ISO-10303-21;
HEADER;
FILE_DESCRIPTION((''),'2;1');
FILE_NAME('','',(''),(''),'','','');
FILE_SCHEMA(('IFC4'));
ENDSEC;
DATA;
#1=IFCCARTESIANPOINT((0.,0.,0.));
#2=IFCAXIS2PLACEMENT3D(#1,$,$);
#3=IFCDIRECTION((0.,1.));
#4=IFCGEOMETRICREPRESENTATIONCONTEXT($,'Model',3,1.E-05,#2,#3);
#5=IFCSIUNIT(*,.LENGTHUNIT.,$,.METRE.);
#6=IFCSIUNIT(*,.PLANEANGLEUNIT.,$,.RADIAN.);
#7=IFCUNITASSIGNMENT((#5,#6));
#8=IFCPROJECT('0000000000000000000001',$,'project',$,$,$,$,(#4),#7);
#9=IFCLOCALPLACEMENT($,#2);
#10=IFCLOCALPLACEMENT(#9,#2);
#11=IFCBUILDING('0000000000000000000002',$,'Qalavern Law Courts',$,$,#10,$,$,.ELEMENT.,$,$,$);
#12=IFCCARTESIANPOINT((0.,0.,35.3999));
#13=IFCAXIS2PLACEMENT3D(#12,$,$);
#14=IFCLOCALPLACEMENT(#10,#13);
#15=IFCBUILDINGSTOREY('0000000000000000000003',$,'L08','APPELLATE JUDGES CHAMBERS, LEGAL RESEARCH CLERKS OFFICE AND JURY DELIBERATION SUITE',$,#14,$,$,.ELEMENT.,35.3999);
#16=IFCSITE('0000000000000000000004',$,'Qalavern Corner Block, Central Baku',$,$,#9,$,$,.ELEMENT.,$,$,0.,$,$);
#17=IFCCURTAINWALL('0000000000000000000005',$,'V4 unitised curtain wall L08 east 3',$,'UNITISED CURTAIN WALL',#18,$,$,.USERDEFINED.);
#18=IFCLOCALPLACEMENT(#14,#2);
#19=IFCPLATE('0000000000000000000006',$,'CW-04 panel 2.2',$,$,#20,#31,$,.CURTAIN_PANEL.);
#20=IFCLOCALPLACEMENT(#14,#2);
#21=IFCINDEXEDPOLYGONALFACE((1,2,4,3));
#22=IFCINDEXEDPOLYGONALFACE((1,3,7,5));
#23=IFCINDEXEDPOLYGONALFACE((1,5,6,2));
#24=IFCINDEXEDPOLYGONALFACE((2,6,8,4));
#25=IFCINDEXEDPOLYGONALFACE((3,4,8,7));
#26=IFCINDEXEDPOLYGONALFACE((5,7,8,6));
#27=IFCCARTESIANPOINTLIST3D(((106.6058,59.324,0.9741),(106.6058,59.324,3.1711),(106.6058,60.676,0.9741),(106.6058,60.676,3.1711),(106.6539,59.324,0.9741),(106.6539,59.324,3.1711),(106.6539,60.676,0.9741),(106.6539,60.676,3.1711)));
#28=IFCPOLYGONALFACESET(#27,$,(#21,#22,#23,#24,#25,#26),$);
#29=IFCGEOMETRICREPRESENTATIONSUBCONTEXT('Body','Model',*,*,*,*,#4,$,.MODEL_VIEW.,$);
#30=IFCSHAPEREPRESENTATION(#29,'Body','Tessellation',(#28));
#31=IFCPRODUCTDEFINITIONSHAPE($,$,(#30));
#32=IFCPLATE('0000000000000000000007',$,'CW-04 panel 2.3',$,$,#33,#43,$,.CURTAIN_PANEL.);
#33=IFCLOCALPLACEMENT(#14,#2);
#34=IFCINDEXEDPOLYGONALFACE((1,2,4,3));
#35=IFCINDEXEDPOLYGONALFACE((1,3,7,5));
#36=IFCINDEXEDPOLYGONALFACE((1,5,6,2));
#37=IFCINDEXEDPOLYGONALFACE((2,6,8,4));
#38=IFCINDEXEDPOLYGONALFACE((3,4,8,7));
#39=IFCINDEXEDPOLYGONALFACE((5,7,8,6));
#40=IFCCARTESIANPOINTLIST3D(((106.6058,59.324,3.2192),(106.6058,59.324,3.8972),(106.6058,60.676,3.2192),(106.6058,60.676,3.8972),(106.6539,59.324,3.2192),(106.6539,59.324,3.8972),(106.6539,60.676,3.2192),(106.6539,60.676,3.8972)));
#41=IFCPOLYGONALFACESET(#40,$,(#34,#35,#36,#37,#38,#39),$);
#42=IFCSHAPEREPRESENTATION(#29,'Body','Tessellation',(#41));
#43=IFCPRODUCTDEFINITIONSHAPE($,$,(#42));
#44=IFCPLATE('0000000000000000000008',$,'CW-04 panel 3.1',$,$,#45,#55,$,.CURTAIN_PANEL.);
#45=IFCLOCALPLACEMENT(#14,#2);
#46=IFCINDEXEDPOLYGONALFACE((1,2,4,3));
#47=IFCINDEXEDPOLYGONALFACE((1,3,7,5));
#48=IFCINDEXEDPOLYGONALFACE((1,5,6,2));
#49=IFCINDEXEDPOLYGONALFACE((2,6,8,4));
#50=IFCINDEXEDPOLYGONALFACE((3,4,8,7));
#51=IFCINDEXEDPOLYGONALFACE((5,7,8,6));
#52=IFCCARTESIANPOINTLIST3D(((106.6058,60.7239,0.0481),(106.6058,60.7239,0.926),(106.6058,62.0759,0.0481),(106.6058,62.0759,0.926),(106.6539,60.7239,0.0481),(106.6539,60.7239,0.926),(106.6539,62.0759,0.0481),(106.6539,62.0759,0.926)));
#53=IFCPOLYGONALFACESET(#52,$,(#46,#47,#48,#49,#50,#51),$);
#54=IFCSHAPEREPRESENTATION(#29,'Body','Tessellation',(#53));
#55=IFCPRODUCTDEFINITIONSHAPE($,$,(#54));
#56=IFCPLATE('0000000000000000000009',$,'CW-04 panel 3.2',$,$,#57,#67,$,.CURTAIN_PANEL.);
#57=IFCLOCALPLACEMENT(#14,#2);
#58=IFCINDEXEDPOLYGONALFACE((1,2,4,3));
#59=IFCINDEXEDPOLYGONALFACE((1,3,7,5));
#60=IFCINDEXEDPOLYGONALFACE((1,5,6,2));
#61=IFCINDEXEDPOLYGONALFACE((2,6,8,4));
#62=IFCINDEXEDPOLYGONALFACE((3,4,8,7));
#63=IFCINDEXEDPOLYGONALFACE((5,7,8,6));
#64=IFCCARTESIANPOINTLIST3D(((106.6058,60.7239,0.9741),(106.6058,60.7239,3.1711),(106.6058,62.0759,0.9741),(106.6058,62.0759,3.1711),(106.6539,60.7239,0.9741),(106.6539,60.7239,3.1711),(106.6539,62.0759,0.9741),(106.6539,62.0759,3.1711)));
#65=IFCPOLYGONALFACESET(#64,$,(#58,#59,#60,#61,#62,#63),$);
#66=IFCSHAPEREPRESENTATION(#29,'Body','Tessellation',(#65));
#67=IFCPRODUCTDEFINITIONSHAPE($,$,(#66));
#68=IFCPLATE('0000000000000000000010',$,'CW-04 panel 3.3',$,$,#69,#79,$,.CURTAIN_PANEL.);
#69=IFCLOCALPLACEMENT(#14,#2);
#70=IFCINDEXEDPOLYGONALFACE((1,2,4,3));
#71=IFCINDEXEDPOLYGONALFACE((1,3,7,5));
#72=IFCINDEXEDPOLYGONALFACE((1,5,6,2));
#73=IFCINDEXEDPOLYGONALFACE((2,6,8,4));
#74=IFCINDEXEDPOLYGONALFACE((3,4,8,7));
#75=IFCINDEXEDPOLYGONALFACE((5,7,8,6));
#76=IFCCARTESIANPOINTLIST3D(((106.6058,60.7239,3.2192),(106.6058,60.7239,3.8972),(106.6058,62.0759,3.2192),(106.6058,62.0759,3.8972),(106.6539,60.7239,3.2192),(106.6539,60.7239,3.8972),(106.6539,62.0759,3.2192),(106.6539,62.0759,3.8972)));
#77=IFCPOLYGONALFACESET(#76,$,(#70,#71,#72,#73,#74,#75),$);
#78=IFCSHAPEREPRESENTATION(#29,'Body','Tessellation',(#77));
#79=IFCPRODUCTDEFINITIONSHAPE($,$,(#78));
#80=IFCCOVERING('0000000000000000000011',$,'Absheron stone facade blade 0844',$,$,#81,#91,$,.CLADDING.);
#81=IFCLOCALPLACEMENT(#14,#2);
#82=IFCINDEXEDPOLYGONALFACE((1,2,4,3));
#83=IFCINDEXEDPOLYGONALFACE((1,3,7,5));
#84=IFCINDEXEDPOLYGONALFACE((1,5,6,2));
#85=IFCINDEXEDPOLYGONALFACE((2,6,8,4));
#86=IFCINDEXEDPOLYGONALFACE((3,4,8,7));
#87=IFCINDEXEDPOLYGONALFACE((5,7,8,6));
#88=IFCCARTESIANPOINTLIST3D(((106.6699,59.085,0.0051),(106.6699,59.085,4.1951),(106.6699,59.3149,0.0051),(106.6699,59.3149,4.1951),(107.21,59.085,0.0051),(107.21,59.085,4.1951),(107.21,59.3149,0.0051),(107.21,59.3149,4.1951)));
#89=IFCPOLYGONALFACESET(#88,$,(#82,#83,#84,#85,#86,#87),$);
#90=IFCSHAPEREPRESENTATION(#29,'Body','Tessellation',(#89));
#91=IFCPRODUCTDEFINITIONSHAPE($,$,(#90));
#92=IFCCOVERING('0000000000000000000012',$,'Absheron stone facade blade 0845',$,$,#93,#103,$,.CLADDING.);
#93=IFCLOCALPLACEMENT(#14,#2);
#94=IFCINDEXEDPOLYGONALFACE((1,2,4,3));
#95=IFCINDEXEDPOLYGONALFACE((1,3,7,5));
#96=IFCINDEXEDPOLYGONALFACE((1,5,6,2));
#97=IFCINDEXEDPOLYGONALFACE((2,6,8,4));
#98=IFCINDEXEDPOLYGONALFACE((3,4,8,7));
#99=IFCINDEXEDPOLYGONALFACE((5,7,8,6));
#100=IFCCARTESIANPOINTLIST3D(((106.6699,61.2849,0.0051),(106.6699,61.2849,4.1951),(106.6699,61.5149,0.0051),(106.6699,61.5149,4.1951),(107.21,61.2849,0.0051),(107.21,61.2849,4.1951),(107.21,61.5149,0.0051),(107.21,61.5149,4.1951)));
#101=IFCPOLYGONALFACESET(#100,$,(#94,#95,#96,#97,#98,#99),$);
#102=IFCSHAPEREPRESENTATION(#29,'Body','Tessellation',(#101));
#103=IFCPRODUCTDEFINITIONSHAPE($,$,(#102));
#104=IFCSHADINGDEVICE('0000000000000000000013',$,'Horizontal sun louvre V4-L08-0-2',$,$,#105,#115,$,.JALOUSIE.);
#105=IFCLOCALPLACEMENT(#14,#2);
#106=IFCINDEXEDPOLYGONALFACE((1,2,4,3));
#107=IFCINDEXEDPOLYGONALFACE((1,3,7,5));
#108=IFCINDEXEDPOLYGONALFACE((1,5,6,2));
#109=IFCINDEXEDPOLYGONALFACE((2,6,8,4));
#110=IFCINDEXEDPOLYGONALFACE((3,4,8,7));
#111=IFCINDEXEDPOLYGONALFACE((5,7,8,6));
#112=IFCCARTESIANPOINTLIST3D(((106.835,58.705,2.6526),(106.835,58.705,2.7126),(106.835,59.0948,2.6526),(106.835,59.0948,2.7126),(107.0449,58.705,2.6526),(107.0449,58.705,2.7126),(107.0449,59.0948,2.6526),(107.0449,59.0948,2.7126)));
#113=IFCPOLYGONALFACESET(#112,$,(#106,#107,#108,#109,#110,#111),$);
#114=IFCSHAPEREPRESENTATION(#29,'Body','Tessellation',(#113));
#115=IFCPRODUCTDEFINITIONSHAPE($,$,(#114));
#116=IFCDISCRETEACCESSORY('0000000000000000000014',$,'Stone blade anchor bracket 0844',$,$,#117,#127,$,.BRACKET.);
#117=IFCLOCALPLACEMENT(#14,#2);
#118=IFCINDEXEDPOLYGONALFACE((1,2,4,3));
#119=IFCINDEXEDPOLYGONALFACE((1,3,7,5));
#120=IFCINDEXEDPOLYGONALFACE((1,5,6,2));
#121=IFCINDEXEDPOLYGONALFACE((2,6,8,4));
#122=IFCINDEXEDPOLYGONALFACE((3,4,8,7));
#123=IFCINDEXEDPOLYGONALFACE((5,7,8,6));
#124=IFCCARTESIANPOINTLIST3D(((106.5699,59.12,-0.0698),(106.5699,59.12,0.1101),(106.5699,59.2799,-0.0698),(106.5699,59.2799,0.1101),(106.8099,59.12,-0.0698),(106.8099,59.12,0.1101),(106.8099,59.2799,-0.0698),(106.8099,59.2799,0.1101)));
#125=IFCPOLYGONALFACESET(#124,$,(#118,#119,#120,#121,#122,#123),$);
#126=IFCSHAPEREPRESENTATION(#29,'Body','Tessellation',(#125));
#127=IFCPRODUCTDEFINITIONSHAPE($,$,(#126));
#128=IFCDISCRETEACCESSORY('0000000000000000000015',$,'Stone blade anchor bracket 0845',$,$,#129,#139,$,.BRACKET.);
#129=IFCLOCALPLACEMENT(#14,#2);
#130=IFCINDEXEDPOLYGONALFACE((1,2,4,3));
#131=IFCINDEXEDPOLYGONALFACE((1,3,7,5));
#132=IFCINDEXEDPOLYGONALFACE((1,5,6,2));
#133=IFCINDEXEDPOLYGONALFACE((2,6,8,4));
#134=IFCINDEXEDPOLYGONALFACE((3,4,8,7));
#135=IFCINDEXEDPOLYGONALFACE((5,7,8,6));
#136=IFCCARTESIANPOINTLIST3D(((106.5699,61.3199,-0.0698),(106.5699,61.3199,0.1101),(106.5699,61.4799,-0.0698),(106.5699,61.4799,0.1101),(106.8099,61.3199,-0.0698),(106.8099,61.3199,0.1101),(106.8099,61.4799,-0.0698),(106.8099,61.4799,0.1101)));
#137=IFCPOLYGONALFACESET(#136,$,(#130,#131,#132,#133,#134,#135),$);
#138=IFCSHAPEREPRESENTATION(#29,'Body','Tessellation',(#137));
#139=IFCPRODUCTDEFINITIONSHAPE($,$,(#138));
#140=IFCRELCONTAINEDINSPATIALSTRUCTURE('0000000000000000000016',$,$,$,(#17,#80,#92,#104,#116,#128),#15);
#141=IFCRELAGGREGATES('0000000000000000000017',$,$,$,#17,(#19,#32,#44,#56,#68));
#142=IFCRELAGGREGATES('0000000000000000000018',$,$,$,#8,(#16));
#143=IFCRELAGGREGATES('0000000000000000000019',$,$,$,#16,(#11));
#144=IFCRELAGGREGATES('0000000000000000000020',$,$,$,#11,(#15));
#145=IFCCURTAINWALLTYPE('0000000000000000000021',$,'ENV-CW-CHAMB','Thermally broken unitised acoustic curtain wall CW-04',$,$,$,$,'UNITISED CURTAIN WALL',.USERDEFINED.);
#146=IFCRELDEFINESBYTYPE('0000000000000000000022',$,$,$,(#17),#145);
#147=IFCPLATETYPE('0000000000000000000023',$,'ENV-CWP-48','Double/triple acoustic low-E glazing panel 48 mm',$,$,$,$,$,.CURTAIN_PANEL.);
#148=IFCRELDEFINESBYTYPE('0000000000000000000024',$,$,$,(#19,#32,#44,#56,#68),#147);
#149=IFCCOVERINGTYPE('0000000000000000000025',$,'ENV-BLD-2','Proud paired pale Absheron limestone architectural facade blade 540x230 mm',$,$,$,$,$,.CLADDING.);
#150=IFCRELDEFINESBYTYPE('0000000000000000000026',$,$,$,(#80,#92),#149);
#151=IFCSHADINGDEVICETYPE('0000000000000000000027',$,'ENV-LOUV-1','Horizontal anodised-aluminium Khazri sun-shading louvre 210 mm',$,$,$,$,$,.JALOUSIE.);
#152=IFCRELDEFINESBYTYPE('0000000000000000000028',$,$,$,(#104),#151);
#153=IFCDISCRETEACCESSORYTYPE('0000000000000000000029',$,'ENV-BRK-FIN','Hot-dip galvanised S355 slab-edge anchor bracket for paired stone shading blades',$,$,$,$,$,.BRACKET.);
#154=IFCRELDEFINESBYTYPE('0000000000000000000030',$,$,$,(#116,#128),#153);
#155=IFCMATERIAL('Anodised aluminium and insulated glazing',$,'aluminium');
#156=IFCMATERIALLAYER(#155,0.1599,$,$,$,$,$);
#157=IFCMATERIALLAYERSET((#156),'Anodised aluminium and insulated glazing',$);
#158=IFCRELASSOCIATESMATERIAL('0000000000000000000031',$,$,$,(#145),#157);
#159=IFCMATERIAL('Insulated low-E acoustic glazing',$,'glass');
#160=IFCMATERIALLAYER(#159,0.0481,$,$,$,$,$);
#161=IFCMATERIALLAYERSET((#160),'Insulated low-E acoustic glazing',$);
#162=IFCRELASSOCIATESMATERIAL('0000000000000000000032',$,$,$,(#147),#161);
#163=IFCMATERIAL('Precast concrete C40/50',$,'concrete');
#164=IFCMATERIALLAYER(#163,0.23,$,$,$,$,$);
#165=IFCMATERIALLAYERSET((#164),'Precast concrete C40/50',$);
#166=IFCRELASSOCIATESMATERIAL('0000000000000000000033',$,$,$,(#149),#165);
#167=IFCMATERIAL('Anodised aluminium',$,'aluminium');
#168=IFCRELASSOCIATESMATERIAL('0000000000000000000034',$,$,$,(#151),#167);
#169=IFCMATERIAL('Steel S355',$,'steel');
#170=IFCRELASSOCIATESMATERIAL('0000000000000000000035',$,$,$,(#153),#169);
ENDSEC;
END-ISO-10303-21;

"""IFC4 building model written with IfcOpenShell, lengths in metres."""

from ifc_helpers import new_model, si_unit, direction, frame, origin, origin_2d, place, context, subcontext, project, spatial, rectangle, extrude, material, layer, layer_set, type_object, element, aggregate, save


model = new_model("IFC4")

# Units and contexts
model_context = context("Model", 3, precision=1e-05, world=origin(), true_north=direction((0.0, 1.0)))
body_context = subcontext(model_context, "Body", "Model", "MODEL_VIEW")
ifc_project = project(units=[si_unit("LENGTHUNIT", "METRE"), si_unit("PLANEANGLEUNIT", "RADIAN")], contexts=[model_context])

# Site, building, storey
site_placement = place(None, origin())
site = spatial("IfcSite", under=ifc_project, at=site_placement, Name="Qalavern Corner Block, Central Baku", CompositionType="ELEMENT", RefElevation=0.0)
building_placement = place(site_placement, origin())
building = spatial("IfcBuilding", under=site, at=building_placement, Name="Qalavern Law Courts", CompositionType="ELEMENT")
storey_placement = place(building_placement, frame((0.0, 0.0, 35.3999)))
storey = spatial("IfcBuildingStorey", under=building, at=storey_placement, Name="L08", Description="APPELLATE JUDGES CHAMBERS, LEGAL RESEARCH CLERKS OFFICE AND JURY DELIBERATION SUITE", CompositionType="ELEMENT", Elevation=35.3999)

# Curtain wall, plates
ifc_material_1 = material(Name="Anodised aluminium and insulated glazing", Category="aluminium")
ifc_layer_1 = layer(ifc_material_1, 0.1599)
ifc_layer_set_1 = layer_set([ifc_layer_1], Name="Anodised aluminium and insulated glazing")
curtain_wall_type = type_object("IfcCurtainWallType", Name="ENV-CW-CHAMB", Description="Thermally broken unitised acoustic curtain wall CW-04", ElementType="UNITISED CURTAIN WALL", PredefinedType="USERDEFINED", material=ifc_layer_set_1)
curtain_wall_placement = place(storey_placement, origin())
curtain_wall = element("IfcCurtainWall", 1, at=curtain_wall_placement, inside=storey, type_object=curtain_wall_type, Name="V4 unitised curtain wall L08 east 3", ObjectType="UNITISED CURTAIN WALL", PredefinedType="USERDEFINED")
ifc_material_2 = material(Name="Anodised aluminium", Category="aluminium")
ifc_material_3 = material(Name="Insulated low-E acoustic glazing", Category="glass")
ifc_layer_2 = layer(ifc_material_3, 0.0481)
ifc_layer_set_2 = layer_set([ifc_layer_2], Name="Insulated low-E acoustic glazing")
plate_type = type_object("IfcPlateType", Name="ENV-CWP-48", Description="Double/triple acoustic low-E glazing panel 48 mm", PredefinedType="CURTAIN_PANEL", material=ifc_layer_set_2)
plate_1_placement = place(storey_placement, frame((106.6299, 60.0, 0.9741), z_axis=(0.0, 0.0, 1.0), x_axis=(0.0, 1.0, 0.0)))
plate_1 = element("IfcPlate", 2, at=plate_1_placement, type_object=plate_type, Name="CW-04 panel 2.2", PredefinedType="CURTAIN_PANEL", context=body_context, shape_type="SweptSolid", body=[
    extrude(rectangle(XDim=1.3521, YDim=0.0481, at=origin_2d()), origin(), (0.0, 0.0, 1.0), 2.197),
])
plate_2_placement = place(storey_placement, frame((106.6299, 60.0, 3.2192), z_axis=(0.0, 0.0, 1.0), x_axis=(0.0, 1.0, 0.0)))
plate_2 = element("IfcPlate", 3, at=plate_2_placement, type_object=plate_type, Name="CW-04 panel 2.3", PredefinedType="CURTAIN_PANEL", context=body_context, shape_type="SweptSolid", body=[
    extrude(rectangle(XDim=1.3521, YDim=0.0481, at=origin_2d()), origin(), (0.0, 0.0, 1.0), 0.678),
])
plate_3_placement = place(storey_placement, frame((106.6299, 61.3999, 0.0481), z_axis=(0.0, 0.0, 1.0), x_axis=(0.0, 1.0, 0.0)))
plate_3 = element("IfcPlate", 4, at=plate_3_placement, type_object=plate_type, Name="CW-04 panel 3.1", PredefinedType="CURTAIN_PANEL", context=body_context, shape_type="SweptSolid", body=[
    extrude(rectangle(XDim=1.3521, YDim=0.0481, at=origin_2d()), origin(), (0.0, 0.0, 1.0), 0.8779),
])
plate_4_placement = place(storey_placement, frame((106.6299, 61.3999, 0.9741), z_axis=(0.0, 0.0, 1.0), x_axis=(0.0, 1.0, 0.0)))
plate_4 = element("IfcPlate", 5, at=plate_4_placement, type_object=plate_type, Name="CW-04 panel 3.2", PredefinedType="CURTAIN_PANEL", context=body_context, shape_type="SweptSolid", body=[
    extrude(rectangle(XDim=1.3521, YDim=0.0481, at=origin_2d()), origin(), (0.0, 0.0, 1.0), 2.197),
])
plate_5_placement = place(storey_placement, frame((106.6299, 61.3999, 3.2192), z_axis=(0.0, 0.0, 1.0), x_axis=(0.0, 1.0, 0.0)))
plate_5 = element("IfcPlate", 6, at=plate_5_placement, type_object=plate_type, Name="CW-04 panel 3.3", PredefinedType="CURTAIN_PANEL", context=body_context, shape_type="SweptSolid", body=[
    extrude(rectangle(XDim=1.3521, YDim=0.0481, at=origin_2d()), origin(), (0.0, 0.0, 1.0), 0.678),
])
aggregate(curtain_wall, [plate_1, plate_2, plate_3, plate_4, plate_5])

# Coverings
ifc_material_4 = material(Name="Precast concrete C40/50", Category="concrete")
ifc_layer_3 = layer(ifc_material_4, 0.23)
ifc_layer_set_3 = layer_set([ifc_layer_3], Name="Precast concrete C40/50")
covering_type = type_object("IfcCoveringType", Name="ENV-BLD-2", Description="Proud paired pale Absheron limestone architectural facade blade 540x230 mm", PredefinedType="CLADDING", material=ifc_layer_set_3)
for number, where, z_axis, x_axis, name in (
    (7, (106.9399, 59.2, 0.0051), (0.0, 0.0, 1.0), (1.0, 0.0, 0.0), "Absheron stone facade blade 0844"),
    (8, (106.9399, 61.3999, 0.0051), (0.0, 0.0, 1.0), (1.0, 0.0, 0.0), "Absheron stone facade blade 0845"),
):
    element("IfcCovering", number, at=place(storey_placement, frame(where, z_axis=z_axis, x_axis=x_axis)), inside=storey, type_object=covering_type, Name=name, PredefinedType="CLADDING", context=body_context, shape_type="SweptSolid", body=[
        extrude(rectangle(XDim=0.54, YDim=0.23, at=origin_2d()), origin(), (0.0, 0.0, 1.0), 4.1899),
    ])

# Shading device
shading_device_type = type_object("IfcShadingDeviceType", Name="ENV-LOUV-1", Description="Horizontal anodised-aluminium Khazri sun-shading louvre 210 mm", PredefinedType="JALOUSIE", material=ifc_material_2)
shading_device_placement = place(storey_placement, frame((106.9399, 58.8999, 2.6526), z_axis=(0.0, 0.0, 1.0), x_axis=(0.0, 1.0, 0.0)))
element("IfcShadingDevice", 9, at=shading_device_placement, inside=storey, type_object=shading_device_type, Name="Horizontal sun louvre V4-L08-0-2", PredefinedType="JALOUSIE", context=body_context, shape_type="SweptSolid", body=[
    extrude(rectangle(XDim=0.3899, YDim=0.21, at=origin_2d()), origin(), (0.0, 0.0, 1.0), 0.0601),
])

# Discrete accessories
ifc_material_5 = material(Name="Steel S355", Category="steel")
discrete_accessory_type = type_object("IfcDiscreteAccessoryType", Name="ENV-BRK-FIN", Description="Hot-dip galvanised S355 slab-edge anchor bracket for paired stone shading blades", PredefinedType="BRACKET", material=ifc_material_5)
for number, where, z_axis, x_axis, name in (
    (10, (106.6899, 59.2, -0.0698), (0.0, 0.0, 1.0), (1.0, 0.0, 0.0), "Stone blade anchor bracket 0844"),
    (11, (106.6899, 61.3999, -0.0698), (0.0, 0.0, 1.0), (1.0, 0.0, 0.0), "Stone blade anchor bracket 0845"),
):
    element("IfcDiscreteAccessory", number, at=place(storey_placement, frame(where, z_axis=z_axis, x_axis=x_axis)), inside=storey, type_object=discrete_accessory_type, Name=name, PredefinedType="BRACKET", context=body_context, shape_type="SweptSolid", body=[
        extrude(rectangle(XDim=0.24, YDim=0.1599, at=origin_2d()), origin(), (0.0, 0.0, 1.0), 0.1799),
    ])

save(model, "model.ifc")
